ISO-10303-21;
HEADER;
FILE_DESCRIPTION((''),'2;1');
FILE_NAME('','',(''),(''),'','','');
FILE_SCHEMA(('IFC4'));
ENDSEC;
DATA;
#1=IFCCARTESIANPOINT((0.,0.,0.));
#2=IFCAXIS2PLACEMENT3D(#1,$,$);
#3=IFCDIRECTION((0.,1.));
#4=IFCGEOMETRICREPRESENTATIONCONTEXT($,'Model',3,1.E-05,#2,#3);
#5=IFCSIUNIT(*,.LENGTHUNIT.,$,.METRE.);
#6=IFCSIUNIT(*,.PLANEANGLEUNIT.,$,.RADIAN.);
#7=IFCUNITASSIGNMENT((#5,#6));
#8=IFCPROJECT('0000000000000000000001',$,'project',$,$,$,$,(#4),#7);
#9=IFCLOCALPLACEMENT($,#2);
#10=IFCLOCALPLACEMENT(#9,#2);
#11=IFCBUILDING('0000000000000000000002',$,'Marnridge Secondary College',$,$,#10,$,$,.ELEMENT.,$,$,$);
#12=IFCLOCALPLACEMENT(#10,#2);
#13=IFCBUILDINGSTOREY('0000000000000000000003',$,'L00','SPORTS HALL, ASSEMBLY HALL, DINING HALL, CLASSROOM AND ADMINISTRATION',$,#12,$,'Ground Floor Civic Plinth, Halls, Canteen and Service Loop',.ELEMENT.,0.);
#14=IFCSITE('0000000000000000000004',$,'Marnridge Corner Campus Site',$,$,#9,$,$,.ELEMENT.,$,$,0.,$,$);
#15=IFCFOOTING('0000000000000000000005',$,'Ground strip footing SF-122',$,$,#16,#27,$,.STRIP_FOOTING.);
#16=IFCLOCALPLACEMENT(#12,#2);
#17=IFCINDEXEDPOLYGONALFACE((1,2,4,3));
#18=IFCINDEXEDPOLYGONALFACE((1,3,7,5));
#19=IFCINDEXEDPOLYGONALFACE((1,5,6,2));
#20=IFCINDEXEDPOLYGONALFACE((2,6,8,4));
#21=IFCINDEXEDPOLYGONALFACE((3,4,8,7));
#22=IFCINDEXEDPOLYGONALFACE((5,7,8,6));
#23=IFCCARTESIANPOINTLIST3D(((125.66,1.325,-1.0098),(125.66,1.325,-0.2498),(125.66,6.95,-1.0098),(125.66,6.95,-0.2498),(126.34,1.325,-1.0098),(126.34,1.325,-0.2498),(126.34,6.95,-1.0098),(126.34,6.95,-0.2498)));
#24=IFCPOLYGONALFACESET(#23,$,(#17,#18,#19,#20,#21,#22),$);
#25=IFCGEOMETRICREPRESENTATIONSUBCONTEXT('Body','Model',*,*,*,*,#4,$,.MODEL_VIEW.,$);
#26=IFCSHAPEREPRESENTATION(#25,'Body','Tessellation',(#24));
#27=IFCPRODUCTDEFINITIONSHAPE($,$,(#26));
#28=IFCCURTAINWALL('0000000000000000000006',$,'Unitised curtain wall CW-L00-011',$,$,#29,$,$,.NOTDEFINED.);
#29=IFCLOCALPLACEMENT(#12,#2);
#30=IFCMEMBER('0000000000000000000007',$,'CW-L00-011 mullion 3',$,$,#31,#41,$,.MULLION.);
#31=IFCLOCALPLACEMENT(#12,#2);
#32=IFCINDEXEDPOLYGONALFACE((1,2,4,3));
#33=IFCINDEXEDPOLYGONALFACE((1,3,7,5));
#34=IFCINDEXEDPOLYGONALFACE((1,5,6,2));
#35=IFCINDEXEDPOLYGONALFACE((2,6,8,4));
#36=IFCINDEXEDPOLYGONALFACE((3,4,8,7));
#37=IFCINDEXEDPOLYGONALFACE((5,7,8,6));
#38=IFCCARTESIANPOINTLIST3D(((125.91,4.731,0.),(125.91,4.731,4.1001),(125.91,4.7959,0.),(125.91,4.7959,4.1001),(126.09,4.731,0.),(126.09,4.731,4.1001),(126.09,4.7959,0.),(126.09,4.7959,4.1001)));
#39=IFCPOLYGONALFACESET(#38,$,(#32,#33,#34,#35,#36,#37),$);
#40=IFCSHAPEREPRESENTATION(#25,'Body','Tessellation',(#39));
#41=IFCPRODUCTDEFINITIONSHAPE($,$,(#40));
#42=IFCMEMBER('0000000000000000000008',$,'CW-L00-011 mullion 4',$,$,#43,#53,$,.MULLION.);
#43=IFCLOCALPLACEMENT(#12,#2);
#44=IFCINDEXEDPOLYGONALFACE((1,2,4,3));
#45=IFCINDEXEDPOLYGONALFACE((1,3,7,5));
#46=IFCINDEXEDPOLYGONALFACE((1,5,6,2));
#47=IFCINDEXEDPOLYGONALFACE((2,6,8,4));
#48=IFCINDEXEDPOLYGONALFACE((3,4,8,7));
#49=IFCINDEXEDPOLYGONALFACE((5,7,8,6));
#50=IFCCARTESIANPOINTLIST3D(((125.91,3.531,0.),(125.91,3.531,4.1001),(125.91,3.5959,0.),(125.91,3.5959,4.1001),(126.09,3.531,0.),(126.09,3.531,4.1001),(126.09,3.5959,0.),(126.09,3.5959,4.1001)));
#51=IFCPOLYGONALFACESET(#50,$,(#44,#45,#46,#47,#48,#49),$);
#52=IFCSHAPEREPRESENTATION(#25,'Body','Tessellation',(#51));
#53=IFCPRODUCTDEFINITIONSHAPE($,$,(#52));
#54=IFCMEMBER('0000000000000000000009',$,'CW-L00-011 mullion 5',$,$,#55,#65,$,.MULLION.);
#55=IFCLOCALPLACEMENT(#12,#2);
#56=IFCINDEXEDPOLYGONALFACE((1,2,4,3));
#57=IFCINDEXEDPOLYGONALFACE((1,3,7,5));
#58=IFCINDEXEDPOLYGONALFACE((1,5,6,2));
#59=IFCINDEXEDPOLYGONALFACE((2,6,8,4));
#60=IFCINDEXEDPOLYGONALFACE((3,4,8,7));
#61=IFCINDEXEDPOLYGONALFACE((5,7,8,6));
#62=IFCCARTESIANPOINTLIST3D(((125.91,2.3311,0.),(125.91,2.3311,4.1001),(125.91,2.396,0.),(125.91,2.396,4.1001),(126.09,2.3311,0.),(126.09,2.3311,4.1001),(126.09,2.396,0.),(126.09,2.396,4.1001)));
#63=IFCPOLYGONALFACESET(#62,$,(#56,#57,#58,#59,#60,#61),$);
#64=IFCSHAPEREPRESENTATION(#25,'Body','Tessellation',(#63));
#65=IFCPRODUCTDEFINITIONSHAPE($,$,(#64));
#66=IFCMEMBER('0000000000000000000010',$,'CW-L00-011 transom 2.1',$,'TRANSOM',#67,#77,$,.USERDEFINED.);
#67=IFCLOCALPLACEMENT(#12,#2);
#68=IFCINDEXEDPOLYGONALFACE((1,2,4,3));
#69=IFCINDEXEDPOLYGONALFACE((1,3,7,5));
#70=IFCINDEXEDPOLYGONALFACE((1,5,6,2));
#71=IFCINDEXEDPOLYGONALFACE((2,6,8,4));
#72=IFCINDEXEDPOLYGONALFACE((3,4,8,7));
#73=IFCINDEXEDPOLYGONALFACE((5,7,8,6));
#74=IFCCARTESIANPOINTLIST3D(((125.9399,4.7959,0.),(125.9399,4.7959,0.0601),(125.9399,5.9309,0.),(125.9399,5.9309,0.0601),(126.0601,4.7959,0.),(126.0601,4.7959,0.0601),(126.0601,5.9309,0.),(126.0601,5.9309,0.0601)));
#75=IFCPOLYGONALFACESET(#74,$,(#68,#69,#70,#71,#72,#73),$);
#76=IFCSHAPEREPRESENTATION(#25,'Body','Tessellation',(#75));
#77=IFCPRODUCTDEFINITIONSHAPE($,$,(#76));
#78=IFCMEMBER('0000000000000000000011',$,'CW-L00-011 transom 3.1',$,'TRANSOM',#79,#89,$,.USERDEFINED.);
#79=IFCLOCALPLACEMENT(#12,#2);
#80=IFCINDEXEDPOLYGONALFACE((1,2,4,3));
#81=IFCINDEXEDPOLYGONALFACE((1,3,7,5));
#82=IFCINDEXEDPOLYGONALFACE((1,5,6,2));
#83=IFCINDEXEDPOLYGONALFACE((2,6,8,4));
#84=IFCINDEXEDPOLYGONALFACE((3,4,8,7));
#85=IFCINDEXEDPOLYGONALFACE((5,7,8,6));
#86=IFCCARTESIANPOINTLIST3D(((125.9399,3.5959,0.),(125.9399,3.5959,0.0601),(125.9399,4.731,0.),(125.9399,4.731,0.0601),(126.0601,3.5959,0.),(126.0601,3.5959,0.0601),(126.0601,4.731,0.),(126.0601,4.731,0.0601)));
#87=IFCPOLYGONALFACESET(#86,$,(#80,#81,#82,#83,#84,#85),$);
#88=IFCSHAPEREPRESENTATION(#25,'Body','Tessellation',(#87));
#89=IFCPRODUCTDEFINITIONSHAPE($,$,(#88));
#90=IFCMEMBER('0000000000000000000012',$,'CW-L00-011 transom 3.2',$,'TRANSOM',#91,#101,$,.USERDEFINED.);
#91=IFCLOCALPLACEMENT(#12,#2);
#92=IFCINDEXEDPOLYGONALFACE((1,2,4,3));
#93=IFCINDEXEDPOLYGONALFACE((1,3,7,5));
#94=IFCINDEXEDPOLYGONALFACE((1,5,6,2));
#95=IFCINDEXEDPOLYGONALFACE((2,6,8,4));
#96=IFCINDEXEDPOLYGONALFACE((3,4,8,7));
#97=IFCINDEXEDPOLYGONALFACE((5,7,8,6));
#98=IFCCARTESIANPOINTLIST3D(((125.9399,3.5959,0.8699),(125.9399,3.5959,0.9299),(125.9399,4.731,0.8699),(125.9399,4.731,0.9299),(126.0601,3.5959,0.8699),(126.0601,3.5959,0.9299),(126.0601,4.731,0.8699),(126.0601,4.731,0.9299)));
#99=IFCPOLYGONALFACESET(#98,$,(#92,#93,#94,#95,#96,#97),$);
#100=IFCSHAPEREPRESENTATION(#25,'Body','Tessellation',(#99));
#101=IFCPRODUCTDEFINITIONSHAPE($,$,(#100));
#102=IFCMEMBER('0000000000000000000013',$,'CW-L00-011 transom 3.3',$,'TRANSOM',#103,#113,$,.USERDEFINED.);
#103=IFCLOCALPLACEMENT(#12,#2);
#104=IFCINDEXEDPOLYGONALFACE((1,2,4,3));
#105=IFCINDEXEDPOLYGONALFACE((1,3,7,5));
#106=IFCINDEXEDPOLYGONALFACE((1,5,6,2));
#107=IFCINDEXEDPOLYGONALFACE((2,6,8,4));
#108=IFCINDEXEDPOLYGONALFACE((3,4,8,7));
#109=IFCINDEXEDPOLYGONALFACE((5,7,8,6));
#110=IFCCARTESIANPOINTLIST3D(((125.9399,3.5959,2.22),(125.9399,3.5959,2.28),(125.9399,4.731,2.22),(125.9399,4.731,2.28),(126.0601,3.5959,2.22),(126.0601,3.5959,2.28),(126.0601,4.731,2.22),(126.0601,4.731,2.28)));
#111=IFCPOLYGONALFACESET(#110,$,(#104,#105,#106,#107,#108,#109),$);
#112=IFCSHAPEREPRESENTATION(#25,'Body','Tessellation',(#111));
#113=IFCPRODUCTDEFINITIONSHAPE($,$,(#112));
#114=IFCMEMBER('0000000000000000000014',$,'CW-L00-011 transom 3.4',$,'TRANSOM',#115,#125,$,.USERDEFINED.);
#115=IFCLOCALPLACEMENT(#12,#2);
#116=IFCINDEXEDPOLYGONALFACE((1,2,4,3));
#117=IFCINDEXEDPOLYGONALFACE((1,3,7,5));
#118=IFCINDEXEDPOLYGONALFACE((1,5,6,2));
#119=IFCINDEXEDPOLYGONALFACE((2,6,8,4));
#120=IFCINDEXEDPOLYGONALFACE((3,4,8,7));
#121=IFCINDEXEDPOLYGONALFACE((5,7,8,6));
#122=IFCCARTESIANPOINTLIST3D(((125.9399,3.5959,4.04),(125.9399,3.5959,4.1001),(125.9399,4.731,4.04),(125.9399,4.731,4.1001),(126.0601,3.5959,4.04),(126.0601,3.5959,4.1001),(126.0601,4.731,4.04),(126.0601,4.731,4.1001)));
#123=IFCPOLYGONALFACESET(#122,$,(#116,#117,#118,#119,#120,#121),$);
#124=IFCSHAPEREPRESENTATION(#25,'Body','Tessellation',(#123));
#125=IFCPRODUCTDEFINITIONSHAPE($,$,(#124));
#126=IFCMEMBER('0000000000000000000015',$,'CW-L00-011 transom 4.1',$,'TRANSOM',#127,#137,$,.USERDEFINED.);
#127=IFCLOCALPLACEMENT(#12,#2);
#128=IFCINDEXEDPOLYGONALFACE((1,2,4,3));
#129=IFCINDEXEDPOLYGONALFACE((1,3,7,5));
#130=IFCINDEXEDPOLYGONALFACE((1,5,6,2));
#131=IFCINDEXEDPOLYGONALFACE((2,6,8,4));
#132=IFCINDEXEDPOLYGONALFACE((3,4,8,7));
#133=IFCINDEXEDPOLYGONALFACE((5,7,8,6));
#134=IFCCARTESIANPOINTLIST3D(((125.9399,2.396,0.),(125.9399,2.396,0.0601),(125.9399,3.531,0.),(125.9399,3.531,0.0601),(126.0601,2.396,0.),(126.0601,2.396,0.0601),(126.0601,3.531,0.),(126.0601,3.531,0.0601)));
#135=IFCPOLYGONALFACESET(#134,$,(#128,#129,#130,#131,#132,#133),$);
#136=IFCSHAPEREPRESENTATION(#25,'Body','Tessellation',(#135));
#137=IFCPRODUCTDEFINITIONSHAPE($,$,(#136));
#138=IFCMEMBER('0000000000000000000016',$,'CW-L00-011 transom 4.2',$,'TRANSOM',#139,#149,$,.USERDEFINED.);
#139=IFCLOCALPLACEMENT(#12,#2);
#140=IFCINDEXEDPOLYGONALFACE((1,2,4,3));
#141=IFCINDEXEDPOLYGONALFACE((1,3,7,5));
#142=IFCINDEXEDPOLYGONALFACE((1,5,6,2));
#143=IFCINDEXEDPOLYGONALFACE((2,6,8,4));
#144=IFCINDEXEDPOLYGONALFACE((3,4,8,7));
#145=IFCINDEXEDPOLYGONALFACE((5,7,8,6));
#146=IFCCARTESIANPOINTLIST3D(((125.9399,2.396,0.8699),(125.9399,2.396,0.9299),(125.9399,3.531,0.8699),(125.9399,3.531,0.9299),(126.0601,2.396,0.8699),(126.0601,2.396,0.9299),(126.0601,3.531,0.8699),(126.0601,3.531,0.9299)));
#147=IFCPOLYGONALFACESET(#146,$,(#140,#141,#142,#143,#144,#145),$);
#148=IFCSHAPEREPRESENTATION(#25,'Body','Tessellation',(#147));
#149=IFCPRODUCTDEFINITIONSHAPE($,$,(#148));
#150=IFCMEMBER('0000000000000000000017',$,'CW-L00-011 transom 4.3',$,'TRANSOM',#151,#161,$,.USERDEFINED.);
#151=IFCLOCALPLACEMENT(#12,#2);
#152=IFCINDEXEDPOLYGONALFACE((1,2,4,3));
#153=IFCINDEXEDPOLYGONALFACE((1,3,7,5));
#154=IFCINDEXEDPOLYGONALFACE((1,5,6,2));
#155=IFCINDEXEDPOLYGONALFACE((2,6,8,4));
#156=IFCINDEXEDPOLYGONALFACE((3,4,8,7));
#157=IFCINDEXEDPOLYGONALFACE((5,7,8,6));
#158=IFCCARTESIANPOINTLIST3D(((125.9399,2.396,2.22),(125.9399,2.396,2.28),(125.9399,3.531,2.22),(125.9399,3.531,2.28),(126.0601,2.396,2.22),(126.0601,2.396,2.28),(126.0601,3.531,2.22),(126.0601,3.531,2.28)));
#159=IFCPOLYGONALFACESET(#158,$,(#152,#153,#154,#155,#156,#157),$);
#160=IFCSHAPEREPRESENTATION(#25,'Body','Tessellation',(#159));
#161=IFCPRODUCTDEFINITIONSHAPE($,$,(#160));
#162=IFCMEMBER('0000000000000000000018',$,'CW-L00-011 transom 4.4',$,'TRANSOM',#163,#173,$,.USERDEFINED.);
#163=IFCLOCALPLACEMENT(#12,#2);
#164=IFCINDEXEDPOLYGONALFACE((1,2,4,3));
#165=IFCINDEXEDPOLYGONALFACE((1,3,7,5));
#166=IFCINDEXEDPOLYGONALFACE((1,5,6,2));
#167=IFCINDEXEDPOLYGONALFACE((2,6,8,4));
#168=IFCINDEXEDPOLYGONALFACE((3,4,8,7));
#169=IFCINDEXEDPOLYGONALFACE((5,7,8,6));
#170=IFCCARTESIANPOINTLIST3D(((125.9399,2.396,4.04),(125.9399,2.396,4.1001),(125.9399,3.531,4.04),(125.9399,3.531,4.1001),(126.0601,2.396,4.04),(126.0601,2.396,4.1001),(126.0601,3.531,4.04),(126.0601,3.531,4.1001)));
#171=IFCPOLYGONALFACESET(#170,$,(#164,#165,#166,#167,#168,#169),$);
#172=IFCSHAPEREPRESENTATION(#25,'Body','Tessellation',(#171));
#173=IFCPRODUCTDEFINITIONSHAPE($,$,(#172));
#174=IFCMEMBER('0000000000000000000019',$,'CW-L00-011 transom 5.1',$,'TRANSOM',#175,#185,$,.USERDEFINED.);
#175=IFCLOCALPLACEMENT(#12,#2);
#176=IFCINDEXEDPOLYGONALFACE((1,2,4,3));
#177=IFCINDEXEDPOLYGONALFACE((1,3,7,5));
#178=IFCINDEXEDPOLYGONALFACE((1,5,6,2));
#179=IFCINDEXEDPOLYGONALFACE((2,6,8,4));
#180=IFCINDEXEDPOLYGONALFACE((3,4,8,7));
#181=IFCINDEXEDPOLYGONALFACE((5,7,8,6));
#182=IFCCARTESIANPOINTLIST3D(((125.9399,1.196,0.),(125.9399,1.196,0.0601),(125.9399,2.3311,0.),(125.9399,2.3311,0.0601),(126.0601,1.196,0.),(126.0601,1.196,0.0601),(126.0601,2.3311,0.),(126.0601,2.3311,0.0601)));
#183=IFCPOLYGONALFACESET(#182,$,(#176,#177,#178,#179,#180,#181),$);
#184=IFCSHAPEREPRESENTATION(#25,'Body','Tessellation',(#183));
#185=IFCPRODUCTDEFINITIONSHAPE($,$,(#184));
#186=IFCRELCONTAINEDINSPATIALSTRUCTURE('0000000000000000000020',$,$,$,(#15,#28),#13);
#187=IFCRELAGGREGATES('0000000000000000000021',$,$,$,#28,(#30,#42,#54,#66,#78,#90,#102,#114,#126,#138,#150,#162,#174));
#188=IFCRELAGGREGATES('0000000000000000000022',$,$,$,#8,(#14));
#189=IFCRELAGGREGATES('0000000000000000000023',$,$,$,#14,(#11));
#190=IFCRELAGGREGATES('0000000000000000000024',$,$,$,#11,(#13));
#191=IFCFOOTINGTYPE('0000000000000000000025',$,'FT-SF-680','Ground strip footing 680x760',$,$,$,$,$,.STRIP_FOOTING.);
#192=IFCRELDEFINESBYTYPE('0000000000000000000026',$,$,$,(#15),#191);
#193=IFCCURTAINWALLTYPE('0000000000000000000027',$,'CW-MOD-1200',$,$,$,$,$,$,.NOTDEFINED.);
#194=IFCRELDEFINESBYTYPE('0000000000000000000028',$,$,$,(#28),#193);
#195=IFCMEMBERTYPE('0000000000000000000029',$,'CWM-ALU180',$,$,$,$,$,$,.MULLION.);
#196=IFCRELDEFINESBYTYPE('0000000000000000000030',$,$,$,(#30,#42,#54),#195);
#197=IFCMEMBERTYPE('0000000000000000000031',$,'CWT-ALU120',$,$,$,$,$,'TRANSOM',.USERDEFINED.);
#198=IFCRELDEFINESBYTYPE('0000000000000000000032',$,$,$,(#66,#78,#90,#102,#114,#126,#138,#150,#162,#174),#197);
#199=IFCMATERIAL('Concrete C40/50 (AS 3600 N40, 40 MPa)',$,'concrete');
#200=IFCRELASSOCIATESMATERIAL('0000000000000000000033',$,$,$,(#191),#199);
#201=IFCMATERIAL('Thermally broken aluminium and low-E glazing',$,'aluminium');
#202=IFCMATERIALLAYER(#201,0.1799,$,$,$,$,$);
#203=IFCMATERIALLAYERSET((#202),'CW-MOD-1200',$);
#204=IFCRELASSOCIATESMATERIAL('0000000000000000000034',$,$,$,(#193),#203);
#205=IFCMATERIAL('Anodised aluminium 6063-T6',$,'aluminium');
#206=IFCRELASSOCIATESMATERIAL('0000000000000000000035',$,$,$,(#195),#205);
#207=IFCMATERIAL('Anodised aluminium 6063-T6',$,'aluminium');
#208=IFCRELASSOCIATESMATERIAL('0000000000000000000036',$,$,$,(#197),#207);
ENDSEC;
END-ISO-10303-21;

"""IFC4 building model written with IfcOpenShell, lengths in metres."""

from ifc_helpers import new_model, si_unit, direction, frame, origin, origin_2d, place, context, subcontext, project, spatial, rectangle, extrude, material, layer, layer_set, material_profile, profile_set, type_object, element, aggregate, save


model = new_model("IFC4")

# Units and contexts
model_context = context("Model", 3, precision=1e-05, world=origin(), true_north=direction((0.0, 1.0)))
body_context = subcontext(model_context, "Body", "Model", "MODEL_VIEW")
ifc_project = project(units=[si_unit("LENGTHUNIT", "METRE"), si_unit("PLANEANGLEUNIT", "RADIAN")], contexts=[model_context])

# Site, building, storey
site_placement = place(None, origin())
site = spatial("IfcSite", under=ifc_project, at=site_placement, Name="Marnridge Corner Campus Site", CompositionType="ELEMENT", RefElevation=0.0)
building_placement = place(site_placement, origin())
building = spatial("IfcBuilding", under=site, at=building_placement, Name="Marnridge Secondary College", CompositionType="ELEMENT")
storey_placement = place(building_placement, origin())
storey = spatial("IfcBuildingStorey", under=building, at=storey_placement, Name="L00", Description="SPORTS HALL, ASSEMBLY HALL, DINING HALL, CLASSROOM AND ADMINISTRATION", LongName="Ground Floor Civic Plinth, Halls, Canteen and Service Loop", CompositionType="ELEMENT", Elevation=0.0)

# Footing
ifc_material_1 = material(Name="Concrete C40/50 (AS 3600 N40, 40 MPa)", Category="concrete")
footing_type = type_object("IfcFootingType", Name="FT-SF-680", Description="Ground strip footing 680x760", PredefinedType="STRIP_FOOTING", material=ifc_material_1)
footing_placement = place(storey_placement, frame((126.0, 4.1375, -1.0098), z_axis=(0.0, 0.0, 1.0), x_axis=(1.0, 0.0, 0.0)))
element("IfcFooting", 1, at=footing_placement, inside=storey, type_object=footing_type, Name="Ground strip footing SF-122", PredefinedType="STRIP_FOOTING", context=body_context, shape_type="SweptSolid", body=[
    extrude(rectangle(XDim=0.6799, YDim=5.625, at=origin_2d()), origin(), (0.0, 0.0, 1.0), 0.76),
])

# Curtain wall, members
ifc_material_2 = material(Name="Thermally broken aluminium and low-E glazing", Category="aluminium")
ifc_layer_1 = layer(ifc_material_2, 0.1799)
ifc_layer_set_1 = layer_set([ifc_layer_1], Name="CW-MOD-1200")
curtain_wall_type = type_object("IfcCurtainWallType", Name="CW-MOD-1200", PredefinedType="NOTDEFINED", material=ifc_layer_set_1)
curtain_wall_placement = place(storey_placement, origin())
curtain_wall = element("IfcCurtainWall", 2, at=curtain_wall_placement, inside=storey, type_object=curtain_wall_type, Name="Unitised curtain wall CW-L00-011", PredefinedType="NOTDEFINED")
ifc_material_3 = material(Name="Anodised aluminium 6063-T6", Category="aluminium")
ifc_material_profile_1 = material_profile(ifc_material_3, rectangle(XDim=0.0649, YDim=0.1799, at=origin_2d()), Name="ALU 65x180")
ifc_profile_set_1 = profile_set([ifc_material_profile_1], Name="Anodised aluminium 6063-T6")
member_type_1 = type_object("IfcMemberType", Name="CWM-ALU180", PredefinedType="MULLION", material=ifc_profile_set_1)
member_1_placement = place(storey_placement, frame((126.0, 4.7634, 0.0), z_axis=(0.0, 0.0, 1.0), x_axis=(0.0, -1.0, 0.0)))
member_1 = element("IfcMember", 3, at=member_1_placement, type_object=member_type_1, Name="CW-L00-011 mullion 3", PredefinedType="MULLION", context=body_context, shape_type="SweptSolid", body=[
    extrude(rectangle(XDim=0.0649, YDim=0.1799, at=origin_2d()), origin(), (0.0, 0.0, 1.0), 4.1001),
])
member_2_placement = place(storey_placement, frame((126.0, 3.5635, 0.0), z_axis=(0.0, 0.0, 1.0), x_axis=(0.0, -1.0, 0.0)))
member_2 = element("IfcMember", 4, at=member_2_placement, type_object=member_type_1, Name="CW-L00-011 mullion 4", PredefinedType="MULLION", context=body_context, shape_type="SweptSolid", body=[
    extrude(rectangle(XDim=0.0649, YDim=0.1799, at=origin_2d()), origin(), (0.0, 0.0, 1.0), 4.1001),
])
member_3_placement = place(storey_placement, frame((126.0, 2.3635, 0.0), z_axis=(0.0, 0.0, 1.0), x_axis=(0.0, -1.0, 0.0)))
member_3 = element("IfcMember", 5, at=member_3_placement, type_object=member_type_1, Name="CW-L00-011 mullion 5", PredefinedType="MULLION", context=body_context, shape_type="SweptSolid", body=[
    extrude(rectangle(XDim=0.0649, YDim=0.1799, at=origin_2d()), origin(), (0.0, 0.0, 1.0), 4.1001),
])
ifc_material_4 = material(Name="Anodised aluminium 6063-T6", Category="aluminium")
ifc_material_profile_2 = material_profile(ifc_material_4, rectangle(XDim=0.0601, YDim=0.1201, at=origin_2d()), Name="ALU 60x120")
ifc_profile_set_2 = profile_set([ifc_material_profile_2], Name="Anodised aluminium 6063-T6")
member_type_2 = type_object("IfcMemberType", Name="CWT-ALU120", ElementType="TRANSOM", PredefinedType="USERDEFINED", material=ifc_profile_set_2)
member_4_placement = place(storey_placement, frame((126.0, 5.9309, 0.03), z_axis=(0.0, -1.0, 0.0), x_axis=(0.0, 0.0, 1.0)))
member_4 = element("IfcMember", 6, at=member_4_placement, type_object=member_type_2, Name="CW-L00-011 transom 2.1", ObjectType="TRANSOM", PredefinedType="USERDEFINED", context=body_context, shape_type="SweptSolid", body=[
    extrude(rectangle(XDim=0.0601, YDim=0.1201, at=origin_2d()), origin(), (0.0, 0.0, 1.0), 1.135),
])
member_5_placement = place(storey_placement, frame((126.0, 4.731, 0.03), z_axis=(0.0, -1.0, 0.0), x_axis=(0.0, 0.0, 1.0)))
member_5 = element("IfcMember", 7, at=member_5_placement, type_object=member_type_2, Name="CW-L00-011 transom 3.1", ObjectType="TRANSOM", PredefinedType="USERDEFINED", context=body_context, shape_type="SweptSolid", body=[
    extrude(rectangle(XDim=0.0601, YDim=0.1201, at=origin_2d()), origin(), (0.0, 0.0, 1.0), 1.135),
])
member_6_placement = place(storey_placement, frame((126.0, 4.731, 0.8999), z_axis=(0.0, -1.0, 0.0), x_axis=(0.0, 0.0, 1.0)))
member_6 = element("IfcMember", 8, at=member_6_placement, type_object=member_type_2, Name="CW-L00-011 transom 3.2", ObjectType="TRANSOM", PredefinedType="USERDEFINED", context=body_context, shape_type="SweptSolid", body=[
    extrude(rectangle(XDim=0.0601, YDim=0.1201, at=origin_2d()), origin(), (0.0, 0.0, 1.0), 1.135),
])
member_7_placement = place(storey_placement, frame((126.0, 4.731, 2.25), z_axis=(0.0, -1.0, 0.0), x_axis=(0.0, 0.0, 1.0)))
member_7 = element("IfcMember", 9, at=member_7_placement, type_object=member_type_2, Name="CW-L00-011 transom 3.3", ObjectType="TRANSOM", PredefinedType="USERDEFINED", context=body_context, shape_type="SweptSolid", body=[
    extrude(rectangle(XDim=0.0601, YDim=0.1201, at=origin_2d()), origin(), (0.0, 0.0, 1.0), 1.135),
])
member_8_placement = place(storey_placement, frame((126.0, 4.731, 4.0701), z_axis=(0.0, -1.0, 0.0), x_axis=(0.0, 0.0, 1.0)))
member_8 = element("IfcMember", 10, at=member_8_placement, type_object=member_type_2, Name="CW-L00-011 transom 3.4", ObjectType="TRANSOM", PredefinedType="USERDEFINED", context=body_context, shape_type="SweptSolid", body=[
    extrude(rectangle(XDim=0.0601, YDim=0.1201, at=origin_2d()), origin(), (0.0, 0.0, 1.0), 1.135),
])
member_9_placement = place(storey_placement, frame((126.0, 3.531, 0.03), z_axis=(0.0, -1.0, 0.0), x_axis=(0.0, 0.0, 1.0)))
member_9 = element("IfcMember", 11, at=member_9_placement, type_object=member_type_2, Name="CW-L00-011 transom 4.1", ObjectType="TRANSOM", PredefinedType="USERDEFINED", context=body_context, shape_type="SweptSolid", body=[
    extrude(rectangle(XDim=0.0601, YDim=0.1201, at=origin_2d()), origin(), (0.0, 0.0, 1.0), 1.135),
])
member_10_placement = place(storey_placement, frame((126.0, 3.531, 0.8999), z_axis=(0.0, -1.0, 0.0), x_axis=(0.0, 0.0, 1.0)))
member_10 = element("IfcMember", 12, at=member_10_placement, type_object=member_type_2, Name="CW-L00-011 transom 4.2", ObjectType="TRANSOM", PredefinedType="USERDEFINED", context=body_context, shape_type="SweptSolid", body=[
    extrude(rectangle(XDim=0.0601, YDim=0.1201, at=origin_2d()), origin(), (0.0, 0.0, 1.0), 1.135),
])
member_11_placement = place(storey_placement, frame((126.0, 3.531, 2.25), z_axis=(0.0, -1.0, 0.0), x_axis=(0.0, 0.0, 1.0)))
member_11 = element("IfcMember", 13, at=member_11_placement, type_object=member_type_2, Name="CW-L00-011 transom 4.3", ObjectType="TRANSOM", PredefinedType="USERDEFINED", context=body_context, shape_type="SweptSolid", body=[
    extrude(rectangle(XDim=0.0601, YDim=0.1201, at=origin_2d()), origin(), (0.0, 0.0, 1.0), 1.135),
])
member_12_placement = place(storey_placement, frame((126.0, 3.531, 4.0701), z_axis=(0.0, -1.0, 0.0), x_axis=(0.0, 0.0, 1.0)))
member_12 = element("IfcMember", 14, at=member_12_placement, type_object=member_type_2, Name="CW-L00-011 transom 4.4", ObjectType="TRANSOM", PredefinedType="USERDEFINED", context=body_context, shape_type="SweptSolid", body=[
    extrude(rectangle(XDim=0.0601, YDim=0.1201, at=origin_2d()), origin(), (0.0, 0.0, 1.0), 1.135),
])
member_13_placement = place(storey_placement, frame((126.0, 2.3311, 0.03), z_axis=(0.0, -1.0, 0.0), x_axis=(0.0, 0.0, 1.0)))
member_13 = element("IfcMember", 15, at=member_13_placement, type_object=member_type_2, Name="CW-L00-011 transom 5.1", ObjectType="TRANSOM", PredefinedType="USERDEFINED", context=body_context, shape_type="SweptSolid", body=[
    extrude(rectangle(XDim=0.0601, YDim=0.1201, at=origin_2d()), origin(), (0.0, 0.0, 1.0), 1.135),
])
aggregate(curtain_wall, [member_1, member_2, member_3, member_4, member_5, member_6, member_7, member_8, member_9, member_10, member_11, member_12, member_13])

save(model, "model.ifc")
